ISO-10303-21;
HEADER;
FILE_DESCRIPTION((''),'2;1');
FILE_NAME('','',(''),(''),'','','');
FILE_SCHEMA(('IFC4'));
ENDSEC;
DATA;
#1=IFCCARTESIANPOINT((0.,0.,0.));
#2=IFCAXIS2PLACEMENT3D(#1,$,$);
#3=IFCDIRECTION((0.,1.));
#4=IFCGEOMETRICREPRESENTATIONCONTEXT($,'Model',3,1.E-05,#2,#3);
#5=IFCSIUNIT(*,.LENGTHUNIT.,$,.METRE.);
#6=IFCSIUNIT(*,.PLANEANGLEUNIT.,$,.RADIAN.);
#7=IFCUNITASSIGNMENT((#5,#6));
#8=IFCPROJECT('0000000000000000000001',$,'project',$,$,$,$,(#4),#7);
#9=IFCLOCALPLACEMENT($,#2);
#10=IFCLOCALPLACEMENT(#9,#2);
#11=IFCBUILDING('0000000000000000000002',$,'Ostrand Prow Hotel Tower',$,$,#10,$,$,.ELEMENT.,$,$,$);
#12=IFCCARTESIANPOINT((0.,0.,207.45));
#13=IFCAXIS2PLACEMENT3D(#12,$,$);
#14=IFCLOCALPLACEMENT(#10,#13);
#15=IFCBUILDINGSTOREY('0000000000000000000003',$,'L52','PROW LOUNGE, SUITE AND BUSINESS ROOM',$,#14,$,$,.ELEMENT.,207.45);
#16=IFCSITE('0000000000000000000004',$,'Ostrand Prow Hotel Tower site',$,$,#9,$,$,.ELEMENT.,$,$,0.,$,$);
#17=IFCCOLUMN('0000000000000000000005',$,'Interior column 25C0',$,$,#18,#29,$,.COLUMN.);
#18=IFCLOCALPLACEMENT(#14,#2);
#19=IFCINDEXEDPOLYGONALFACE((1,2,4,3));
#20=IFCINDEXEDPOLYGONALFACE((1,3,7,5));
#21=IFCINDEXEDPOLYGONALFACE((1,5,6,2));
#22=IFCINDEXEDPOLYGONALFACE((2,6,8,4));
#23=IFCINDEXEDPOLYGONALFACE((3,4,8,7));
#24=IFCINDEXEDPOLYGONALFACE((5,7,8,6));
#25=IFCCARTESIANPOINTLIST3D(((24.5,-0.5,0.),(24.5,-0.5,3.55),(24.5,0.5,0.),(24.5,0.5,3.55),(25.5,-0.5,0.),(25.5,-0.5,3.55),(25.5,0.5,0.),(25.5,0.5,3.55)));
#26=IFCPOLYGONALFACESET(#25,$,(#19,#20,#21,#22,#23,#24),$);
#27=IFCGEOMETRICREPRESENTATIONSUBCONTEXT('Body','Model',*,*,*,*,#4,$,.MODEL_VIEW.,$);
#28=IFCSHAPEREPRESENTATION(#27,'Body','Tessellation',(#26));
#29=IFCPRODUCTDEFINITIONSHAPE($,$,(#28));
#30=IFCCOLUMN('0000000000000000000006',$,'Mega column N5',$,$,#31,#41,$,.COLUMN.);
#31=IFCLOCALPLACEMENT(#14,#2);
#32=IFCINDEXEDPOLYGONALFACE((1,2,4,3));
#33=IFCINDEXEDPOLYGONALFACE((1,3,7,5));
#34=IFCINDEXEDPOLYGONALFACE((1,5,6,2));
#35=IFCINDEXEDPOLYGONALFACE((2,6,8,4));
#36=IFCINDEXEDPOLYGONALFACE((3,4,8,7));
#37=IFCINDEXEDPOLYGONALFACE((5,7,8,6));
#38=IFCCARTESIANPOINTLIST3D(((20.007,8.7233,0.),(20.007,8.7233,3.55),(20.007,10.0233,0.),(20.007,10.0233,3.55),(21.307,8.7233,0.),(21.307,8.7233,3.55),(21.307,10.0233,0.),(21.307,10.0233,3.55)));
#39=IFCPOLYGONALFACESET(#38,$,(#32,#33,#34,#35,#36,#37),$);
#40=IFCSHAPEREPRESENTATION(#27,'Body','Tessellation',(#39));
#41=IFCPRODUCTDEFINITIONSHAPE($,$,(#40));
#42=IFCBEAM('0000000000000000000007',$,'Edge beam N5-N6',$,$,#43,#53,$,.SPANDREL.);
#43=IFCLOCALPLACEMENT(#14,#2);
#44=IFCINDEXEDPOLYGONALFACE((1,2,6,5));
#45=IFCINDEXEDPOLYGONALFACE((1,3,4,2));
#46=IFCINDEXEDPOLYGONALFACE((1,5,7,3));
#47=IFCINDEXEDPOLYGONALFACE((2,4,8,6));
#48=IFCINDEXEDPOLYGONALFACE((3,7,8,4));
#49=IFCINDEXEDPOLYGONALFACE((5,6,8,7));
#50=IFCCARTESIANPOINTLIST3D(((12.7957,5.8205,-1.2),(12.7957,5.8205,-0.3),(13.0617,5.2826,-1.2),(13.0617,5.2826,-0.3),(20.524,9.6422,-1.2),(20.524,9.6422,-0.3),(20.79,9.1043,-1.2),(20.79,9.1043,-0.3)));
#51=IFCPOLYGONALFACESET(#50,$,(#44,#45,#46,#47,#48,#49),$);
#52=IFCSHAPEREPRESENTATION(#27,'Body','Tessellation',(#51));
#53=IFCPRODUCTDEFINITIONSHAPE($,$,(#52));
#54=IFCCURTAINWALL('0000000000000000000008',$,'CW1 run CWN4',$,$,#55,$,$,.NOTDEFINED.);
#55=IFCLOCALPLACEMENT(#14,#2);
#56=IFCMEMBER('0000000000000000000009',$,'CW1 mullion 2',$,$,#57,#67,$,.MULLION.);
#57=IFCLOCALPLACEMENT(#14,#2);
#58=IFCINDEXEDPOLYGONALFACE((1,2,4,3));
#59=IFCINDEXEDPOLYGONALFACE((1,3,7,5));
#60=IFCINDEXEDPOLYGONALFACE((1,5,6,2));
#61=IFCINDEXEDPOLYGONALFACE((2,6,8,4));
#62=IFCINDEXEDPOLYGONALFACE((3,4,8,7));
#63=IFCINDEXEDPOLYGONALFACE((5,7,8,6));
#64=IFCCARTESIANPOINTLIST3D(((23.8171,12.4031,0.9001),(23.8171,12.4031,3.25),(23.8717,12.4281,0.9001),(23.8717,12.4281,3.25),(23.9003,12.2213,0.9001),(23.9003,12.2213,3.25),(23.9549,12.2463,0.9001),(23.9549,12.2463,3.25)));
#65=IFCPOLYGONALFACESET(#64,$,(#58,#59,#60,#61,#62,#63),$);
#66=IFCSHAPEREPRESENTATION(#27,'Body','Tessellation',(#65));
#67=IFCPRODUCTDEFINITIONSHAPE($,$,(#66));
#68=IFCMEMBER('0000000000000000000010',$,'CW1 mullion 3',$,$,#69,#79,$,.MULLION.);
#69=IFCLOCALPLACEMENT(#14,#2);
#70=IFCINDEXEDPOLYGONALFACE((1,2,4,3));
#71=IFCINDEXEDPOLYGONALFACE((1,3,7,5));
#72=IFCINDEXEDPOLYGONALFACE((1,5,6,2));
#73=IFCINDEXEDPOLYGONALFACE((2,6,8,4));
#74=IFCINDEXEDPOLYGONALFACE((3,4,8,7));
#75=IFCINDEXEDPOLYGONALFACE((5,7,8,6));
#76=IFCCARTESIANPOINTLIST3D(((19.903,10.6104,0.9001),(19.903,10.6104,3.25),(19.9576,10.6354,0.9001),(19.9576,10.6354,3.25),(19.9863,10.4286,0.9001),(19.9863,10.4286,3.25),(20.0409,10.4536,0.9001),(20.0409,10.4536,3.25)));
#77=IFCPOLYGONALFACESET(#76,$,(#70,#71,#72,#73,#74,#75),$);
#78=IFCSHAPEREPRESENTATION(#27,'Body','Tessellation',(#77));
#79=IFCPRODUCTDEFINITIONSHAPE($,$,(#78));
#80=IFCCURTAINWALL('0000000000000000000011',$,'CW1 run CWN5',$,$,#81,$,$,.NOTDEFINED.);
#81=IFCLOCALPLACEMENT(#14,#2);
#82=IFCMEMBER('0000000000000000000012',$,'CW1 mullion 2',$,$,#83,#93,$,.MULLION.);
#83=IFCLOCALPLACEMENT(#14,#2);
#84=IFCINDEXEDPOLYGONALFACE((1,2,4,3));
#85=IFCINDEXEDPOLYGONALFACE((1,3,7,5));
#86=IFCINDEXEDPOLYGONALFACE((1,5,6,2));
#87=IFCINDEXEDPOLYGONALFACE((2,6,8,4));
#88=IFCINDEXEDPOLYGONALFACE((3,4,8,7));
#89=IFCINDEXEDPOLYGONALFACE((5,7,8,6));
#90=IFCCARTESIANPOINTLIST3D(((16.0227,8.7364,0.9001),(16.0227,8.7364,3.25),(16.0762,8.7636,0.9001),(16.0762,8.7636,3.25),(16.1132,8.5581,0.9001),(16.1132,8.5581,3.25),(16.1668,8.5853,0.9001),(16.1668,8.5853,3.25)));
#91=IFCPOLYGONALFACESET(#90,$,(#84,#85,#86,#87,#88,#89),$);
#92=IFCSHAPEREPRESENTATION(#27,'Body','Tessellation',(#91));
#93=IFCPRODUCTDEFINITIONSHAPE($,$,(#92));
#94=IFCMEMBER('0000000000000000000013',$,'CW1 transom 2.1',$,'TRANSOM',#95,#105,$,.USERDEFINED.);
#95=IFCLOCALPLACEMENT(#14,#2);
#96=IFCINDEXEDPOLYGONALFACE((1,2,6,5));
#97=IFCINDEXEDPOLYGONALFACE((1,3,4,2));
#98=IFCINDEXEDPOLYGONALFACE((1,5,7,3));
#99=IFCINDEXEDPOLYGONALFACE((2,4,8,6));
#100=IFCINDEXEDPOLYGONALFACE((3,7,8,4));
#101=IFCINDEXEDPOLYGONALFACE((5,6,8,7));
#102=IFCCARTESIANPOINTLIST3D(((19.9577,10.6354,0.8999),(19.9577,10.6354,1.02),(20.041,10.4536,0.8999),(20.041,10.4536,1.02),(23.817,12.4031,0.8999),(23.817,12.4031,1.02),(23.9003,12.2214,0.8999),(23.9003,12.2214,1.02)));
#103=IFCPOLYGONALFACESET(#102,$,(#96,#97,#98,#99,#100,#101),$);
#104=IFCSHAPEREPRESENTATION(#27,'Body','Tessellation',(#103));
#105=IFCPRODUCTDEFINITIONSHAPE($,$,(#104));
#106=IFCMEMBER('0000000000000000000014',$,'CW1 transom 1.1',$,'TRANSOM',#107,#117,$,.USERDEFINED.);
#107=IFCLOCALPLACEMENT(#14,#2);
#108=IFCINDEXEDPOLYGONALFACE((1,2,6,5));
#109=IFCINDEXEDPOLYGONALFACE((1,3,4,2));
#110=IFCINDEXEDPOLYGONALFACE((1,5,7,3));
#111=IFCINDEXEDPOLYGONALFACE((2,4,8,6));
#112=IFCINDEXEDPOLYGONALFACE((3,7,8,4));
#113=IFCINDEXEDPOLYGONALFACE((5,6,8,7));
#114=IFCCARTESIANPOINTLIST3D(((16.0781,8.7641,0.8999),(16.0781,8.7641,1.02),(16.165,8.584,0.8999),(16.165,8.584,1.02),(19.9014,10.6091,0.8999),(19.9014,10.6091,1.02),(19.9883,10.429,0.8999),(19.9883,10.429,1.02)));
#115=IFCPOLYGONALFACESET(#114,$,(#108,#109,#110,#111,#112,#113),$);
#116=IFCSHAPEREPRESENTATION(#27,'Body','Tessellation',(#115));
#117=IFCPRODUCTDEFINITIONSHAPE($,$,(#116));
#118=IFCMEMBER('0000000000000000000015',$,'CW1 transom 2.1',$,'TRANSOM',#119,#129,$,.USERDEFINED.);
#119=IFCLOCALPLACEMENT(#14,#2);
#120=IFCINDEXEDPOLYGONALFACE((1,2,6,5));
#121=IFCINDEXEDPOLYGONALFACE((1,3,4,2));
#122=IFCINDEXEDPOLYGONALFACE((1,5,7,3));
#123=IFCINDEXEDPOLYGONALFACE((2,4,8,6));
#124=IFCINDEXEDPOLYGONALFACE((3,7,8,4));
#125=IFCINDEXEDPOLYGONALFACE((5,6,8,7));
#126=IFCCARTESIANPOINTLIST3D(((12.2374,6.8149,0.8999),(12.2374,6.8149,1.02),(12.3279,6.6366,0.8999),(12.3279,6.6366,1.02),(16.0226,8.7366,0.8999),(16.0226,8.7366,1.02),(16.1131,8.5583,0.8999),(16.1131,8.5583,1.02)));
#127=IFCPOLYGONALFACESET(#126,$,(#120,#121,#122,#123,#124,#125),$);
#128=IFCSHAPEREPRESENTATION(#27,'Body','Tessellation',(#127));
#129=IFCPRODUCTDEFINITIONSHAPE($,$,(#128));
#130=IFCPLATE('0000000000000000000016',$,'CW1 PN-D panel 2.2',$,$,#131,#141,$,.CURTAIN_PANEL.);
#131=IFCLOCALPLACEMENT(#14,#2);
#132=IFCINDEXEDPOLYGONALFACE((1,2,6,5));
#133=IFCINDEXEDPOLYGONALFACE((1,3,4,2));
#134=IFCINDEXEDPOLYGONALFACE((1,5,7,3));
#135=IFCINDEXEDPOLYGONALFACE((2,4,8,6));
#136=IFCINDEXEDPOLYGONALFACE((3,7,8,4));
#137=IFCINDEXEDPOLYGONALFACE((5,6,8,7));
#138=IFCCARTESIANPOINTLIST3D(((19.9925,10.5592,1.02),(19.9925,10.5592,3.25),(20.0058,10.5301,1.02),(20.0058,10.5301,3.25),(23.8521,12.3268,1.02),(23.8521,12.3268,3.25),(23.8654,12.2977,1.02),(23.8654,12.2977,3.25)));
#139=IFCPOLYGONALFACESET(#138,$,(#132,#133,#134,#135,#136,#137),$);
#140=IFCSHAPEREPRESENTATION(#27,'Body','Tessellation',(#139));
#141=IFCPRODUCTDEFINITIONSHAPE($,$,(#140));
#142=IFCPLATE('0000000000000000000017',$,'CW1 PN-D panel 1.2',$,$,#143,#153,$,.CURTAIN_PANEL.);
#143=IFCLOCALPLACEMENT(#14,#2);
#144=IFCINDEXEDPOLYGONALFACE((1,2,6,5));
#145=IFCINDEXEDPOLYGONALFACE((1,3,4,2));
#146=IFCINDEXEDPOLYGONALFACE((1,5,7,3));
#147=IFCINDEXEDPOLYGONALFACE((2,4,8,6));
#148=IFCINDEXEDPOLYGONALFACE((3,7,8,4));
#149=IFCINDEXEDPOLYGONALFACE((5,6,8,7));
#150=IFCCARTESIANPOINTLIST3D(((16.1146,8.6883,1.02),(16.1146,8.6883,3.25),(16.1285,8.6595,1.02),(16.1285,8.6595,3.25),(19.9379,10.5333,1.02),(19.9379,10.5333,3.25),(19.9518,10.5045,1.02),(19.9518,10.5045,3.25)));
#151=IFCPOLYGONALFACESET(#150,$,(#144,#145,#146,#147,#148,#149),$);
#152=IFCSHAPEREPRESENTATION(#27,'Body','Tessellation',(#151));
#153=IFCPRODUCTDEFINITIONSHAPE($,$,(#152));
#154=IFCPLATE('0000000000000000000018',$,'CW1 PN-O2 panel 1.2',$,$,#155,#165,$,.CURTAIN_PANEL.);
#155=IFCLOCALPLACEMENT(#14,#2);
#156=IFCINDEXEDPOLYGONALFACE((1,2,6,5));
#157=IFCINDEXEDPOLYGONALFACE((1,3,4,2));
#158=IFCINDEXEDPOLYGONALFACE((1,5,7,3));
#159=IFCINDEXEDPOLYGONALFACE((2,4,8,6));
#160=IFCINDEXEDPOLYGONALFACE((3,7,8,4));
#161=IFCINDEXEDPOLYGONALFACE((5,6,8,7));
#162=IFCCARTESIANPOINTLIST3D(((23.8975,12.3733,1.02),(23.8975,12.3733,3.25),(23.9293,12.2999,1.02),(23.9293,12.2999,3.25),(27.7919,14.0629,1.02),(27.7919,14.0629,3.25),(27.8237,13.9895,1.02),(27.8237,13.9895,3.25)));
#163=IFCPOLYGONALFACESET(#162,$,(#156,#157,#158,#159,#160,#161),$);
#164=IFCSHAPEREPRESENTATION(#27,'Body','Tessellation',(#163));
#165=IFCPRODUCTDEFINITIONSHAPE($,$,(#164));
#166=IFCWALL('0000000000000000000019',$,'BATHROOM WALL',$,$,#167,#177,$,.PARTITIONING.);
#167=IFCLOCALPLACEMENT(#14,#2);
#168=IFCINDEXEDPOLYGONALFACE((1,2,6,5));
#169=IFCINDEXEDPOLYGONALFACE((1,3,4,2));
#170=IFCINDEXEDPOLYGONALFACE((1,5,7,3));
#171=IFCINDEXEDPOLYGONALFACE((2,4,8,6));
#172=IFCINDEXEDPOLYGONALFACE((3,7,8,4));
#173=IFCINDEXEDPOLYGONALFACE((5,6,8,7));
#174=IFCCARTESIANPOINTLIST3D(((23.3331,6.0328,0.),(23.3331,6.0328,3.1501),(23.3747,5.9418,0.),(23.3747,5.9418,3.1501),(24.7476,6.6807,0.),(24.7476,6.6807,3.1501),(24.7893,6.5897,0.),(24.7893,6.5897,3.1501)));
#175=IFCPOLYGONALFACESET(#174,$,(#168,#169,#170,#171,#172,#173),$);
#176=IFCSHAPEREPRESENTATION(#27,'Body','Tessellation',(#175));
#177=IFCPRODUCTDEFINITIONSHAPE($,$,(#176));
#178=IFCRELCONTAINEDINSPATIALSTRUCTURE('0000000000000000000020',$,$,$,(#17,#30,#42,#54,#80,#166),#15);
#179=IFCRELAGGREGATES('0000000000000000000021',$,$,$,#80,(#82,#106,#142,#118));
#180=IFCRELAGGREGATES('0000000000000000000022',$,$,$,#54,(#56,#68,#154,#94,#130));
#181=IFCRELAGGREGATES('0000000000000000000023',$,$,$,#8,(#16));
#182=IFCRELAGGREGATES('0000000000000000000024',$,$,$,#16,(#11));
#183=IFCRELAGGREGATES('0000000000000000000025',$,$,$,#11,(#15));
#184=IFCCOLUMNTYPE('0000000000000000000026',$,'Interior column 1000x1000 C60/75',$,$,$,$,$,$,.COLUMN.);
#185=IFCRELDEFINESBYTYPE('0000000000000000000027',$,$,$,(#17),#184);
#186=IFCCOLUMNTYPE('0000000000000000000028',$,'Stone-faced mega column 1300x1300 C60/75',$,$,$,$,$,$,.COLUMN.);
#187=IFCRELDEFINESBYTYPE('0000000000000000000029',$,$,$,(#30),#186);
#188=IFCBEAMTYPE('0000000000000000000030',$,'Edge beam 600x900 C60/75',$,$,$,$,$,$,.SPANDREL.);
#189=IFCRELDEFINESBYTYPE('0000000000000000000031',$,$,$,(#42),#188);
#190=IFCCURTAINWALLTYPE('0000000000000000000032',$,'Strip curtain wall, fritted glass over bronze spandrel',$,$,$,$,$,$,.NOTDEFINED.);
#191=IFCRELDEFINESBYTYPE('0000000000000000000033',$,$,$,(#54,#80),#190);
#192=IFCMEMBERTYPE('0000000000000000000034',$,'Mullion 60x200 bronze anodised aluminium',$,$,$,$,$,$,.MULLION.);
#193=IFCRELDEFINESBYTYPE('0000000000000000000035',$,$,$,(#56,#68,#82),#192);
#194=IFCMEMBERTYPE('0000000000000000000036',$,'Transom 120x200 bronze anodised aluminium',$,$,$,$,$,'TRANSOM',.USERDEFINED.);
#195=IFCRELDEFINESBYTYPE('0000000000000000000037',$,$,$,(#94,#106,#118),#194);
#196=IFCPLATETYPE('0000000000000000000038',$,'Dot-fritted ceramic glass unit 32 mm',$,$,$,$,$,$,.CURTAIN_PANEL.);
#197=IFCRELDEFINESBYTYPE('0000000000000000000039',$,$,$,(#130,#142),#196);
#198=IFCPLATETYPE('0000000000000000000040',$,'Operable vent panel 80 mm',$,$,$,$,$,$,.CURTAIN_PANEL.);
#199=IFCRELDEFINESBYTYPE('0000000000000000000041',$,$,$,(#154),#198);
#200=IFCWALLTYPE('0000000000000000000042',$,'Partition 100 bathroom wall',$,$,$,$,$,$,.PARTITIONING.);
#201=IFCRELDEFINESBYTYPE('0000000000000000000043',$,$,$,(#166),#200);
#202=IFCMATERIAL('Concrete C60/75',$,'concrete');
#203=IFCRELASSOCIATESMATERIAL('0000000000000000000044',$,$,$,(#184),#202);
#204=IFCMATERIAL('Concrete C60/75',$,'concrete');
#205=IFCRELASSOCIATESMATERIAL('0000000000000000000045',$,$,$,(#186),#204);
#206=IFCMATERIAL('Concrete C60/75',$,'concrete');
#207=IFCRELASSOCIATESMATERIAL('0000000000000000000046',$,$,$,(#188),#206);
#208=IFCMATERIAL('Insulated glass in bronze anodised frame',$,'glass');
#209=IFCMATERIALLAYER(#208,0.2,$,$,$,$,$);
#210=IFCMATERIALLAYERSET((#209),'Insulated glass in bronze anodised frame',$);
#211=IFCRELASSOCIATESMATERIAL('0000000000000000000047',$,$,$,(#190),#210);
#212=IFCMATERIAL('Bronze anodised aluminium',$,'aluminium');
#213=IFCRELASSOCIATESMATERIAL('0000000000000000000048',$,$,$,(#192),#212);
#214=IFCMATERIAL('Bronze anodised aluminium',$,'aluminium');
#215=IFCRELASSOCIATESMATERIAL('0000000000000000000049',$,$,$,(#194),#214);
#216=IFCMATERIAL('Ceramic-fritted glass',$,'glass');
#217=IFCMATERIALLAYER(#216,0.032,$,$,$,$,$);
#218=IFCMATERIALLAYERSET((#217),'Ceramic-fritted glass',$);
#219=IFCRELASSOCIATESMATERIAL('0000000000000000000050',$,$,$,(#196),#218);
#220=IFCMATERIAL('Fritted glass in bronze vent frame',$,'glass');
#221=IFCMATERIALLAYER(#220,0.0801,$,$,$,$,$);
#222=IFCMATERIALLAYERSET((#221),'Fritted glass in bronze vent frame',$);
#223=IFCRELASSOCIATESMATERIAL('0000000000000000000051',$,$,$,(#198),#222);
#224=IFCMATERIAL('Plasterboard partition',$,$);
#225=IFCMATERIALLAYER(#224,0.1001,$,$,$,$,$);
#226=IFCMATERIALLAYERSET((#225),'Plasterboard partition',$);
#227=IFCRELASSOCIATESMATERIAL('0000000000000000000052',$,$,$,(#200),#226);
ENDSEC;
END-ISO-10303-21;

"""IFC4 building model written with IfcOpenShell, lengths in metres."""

from ifc_helpers import new_model, si_unit, direction, frame, frame_2d, origin, origin_2d, place, context, subcontext, project, spatial, rectangle, extrude, material, layer, layer_set, material_profile, profile_set, type_object, element, aggregate, save


model = new_model("IFC4")

# Units and contexts
model_context = context("Model", 3, precision=1e-05, world=origin(), true_north=direction((0.0, 1.0)))
body_context = subcontext(model_context, "Body", "Model", "MODEL_VIEW")
ifc_project = project(units=[si_unit("LENGTHUNIT", "METRE"), si_unit("PLANEANGLEUNIT", "RADIAN")], contexts=[model_context])

# Site, building, storey
site_placement = place(None, origin())
site = spatial("IfcSite", under=ifc_project, at=site_placement, Name="Ostrand Prow Hotel Tower site", CompositionType="ELEMENT", RefElevation=0.0)
building_placement = place(site_placement, origin())
building = spatial("IfcBuilding", under=site, at=building_placement, Name="Ostrand Prow Hotel Tower", CompositionType="ELEMENT")
storey_placement = place(building_placement, frame((0.0, 0.0, 207.45)))
storey = spatial("IfcBuildingStorey", under=building, at=storey_placement, Name="L52", Description="PROW LOUNGE, SUITE AND BUSINESS ROOM", CompositionType="ELEMENT", Elevation=207.45)

# Columns
ifc_material_1 = material(Name="Concrete C60/75", Category="concrete")
ifc_material_profile_1 = material_profile(ifc_material_1, rectangle(XDim=1.0, YDim=1.0, at=origin_2d()), Name="RC 1000x1000")
ifc_profile_set_1 = profile_set([ifc_material_profile_1], Name="Concrete C60/75")
column_type_1 = type_object("IfcColumnType", Name="Interior column 1000x1000 C60/75", PredefinedType="COLUMN", material=ifc_profile_set_1)
column_1_placement = place(storey_placement, frame((25.0, 0.0, 0.0), z_axis=(0.0, 0.0, 1.0), x_axis=(1.0, 0.0, 0.0)))
element("IfcColumn", 1, at=column_1_placement, inside=storey, type_object=column_type_1, Name="Interior column 25C0", PredefinedType="COLUMN", context=body_context, shape_type="SweptSolid", body=[
    extrude(rectangle(XDim=1.0, YDim=1.0, at=origin_2d()), origin(), (0.0, 0.0, 1.0), 3.55),
])
ifc_material_2 = material(Name="Concrete C60/75", Category="concrete")
ifc_material_profile_2 = material_profile(ifc_material_2, rectangle(XDim=1.3, YDim=1.3, at=origin_2d()), Name="RC 1300x1300")
ifc_profile_set_2 = profile_set([ifc_material_profile_2], Name="Concrete C60/75")
column_type_2 = type_object("IfcColumnType", Name="Stone-faced mega column 1300x1300 C60/75", PredefinedType="COLUMN", material=ifc_profile_set_2)
column_2_placement = place(storey_placement, frame((20.657, 9.3733, 0.0), z_axis=(0.0, 0.0, 1.0), x_axis=(1.0, 0.0, 0.0)))
element("IfcColumn", 2, at=column_2_placement, inside=storey, type_object=column_type_2, Name="Mega column N5", PredefinedType="COLUMN", context=body_context, shape_type="SweptSolid", body=[
    extrude(rectangle(XDim=1.3, YDim=1.3, at=origin_2d()), origin(), (0.0, 0.0, 1.0), 3.55),
])

# Beam
ifc_material_3 = material(Name="Concrete C60/75", Category="concrete")
ifc_material_profile_3 = material_profile(ifc_material_3, rectangle(XDim=0.6001, YDim=0.8999, at=origin_2d()), Name="RC 600x900")
ifc_profile_set_3 = profile_set([ifc_material_profile_3], Name="Concrete C60/75")
beam_type = type_object("IfcBeamType", Name="Edge beam 600x900 C60/75", PredefinedType="SPANDREL", material=ifc_profile_set_3)
beam_placement = place(storey_placement, frame((20.657, 9.3733, -0.75), z_axis=(-0.896384, -0.443279, 0.0), x_axis=(0.443279, -0.896384, 0.0)))
element("IfcBeam", 3, at=beam_placement, inside=storey, type_object=beam_type, Name="Edge beam N5-N6", PredefinedType="SPANDREL", context=body_context, shape_type="SweptSolid", body=[
    extrude(rectangle(XDim=0.6001, YDim=0.8999, at=origin_2d()), origin(), (0.0, 0.0, 1.0), 8.6216),
])

# Curtain wall, members
ifc_material_4 = material(Name="Insulated glass in bronze anodised frame", Category="glass")
ifc_layer_1 = layer(ifc_material_4, 0.2)
ifc_layer_set_1 = layer_set([ifc_layer_1], Name="Insulated glass in bronze anodised frame")
curtain_wall_type = type_object("IfcCurtainWallType", Name="Strip curtain wall, fritted glass over bronze spandrel", PredefinedType="NOTDEFINED", material=ifc_layer_set_1)
curtain_wall_1_placement = place(storey_placement, origin())
curtain_wall_1 = element("IfcCurtainWall", 4, at=curtain_wall_1_placement, inside=storey, type_object=curtain_wall_type, Name="CW1 run CWN4", PredefinedType="NOTDEFINED")
ifc_material_5 = material(Name="Bronze anodised aluminium", Category="aluminium")
ifc_material_profile_4 = material_profile(ifc_material_5, rectangle(XDim=0.2, YDim=0.0601, at=origin_2d()), Name="Mullion 60x200 bronze anodised aluminium")
ifc_profile_set_4 = profile_set([ifc_material_profile_4], Name="Bronze anodised aluminium")
member_type_1 = type_object("IfcMemberType", Name="Mullion 60x200 bronze anodised aluminium", PredefinedType="MULLION", material=ifc_profile_set_4)
member_1_placement = place(storey_placement, frame((23.886, 12.3247, 0.9001), z_axis=(0.0, 0.0, 1.0), x_axis=(0.416393, -0.909185, 0.0)))
member_1 = element("IfcMember", 5, at=member_1_placement, type_object=member_type_1, Name="CW1 mullion 2", PredefinedType="MULLION", context=body_context, shape_type="SweptSolid", body=[
    extrude(rectangle(XDim=0.2, YDim=0.0601, at=origin_2d()), origin(), (0.0, 0.0, 1.0), 2.3499),
])
member_2_placement = place(storey_placement, frame((19.9719, 10.532, 0.9001), z_axis=(0.0, 0.0, 1.0), x_axis=(0.416393, -0.909185, 0.0)))
member_2 = element("IfcMember", 6, at=member_2_placement, type_object=member_type_1, Name="CW1 mullion 3", PredefinedType="MULLION", context=body_context, shape_type="SweptSolid", body=[
    extrude(rectangle(XDim=0.2, YDim=0.0601, at=origin_2d()), origin(), (0.0, 0.0, 1.0), 2.3499),
])

# Curtain wall, member
curtain_wall_2_placement = place(storey_placement, origin())
curtain_wall_2 = element("IfcCurtainWall", 7, at=curtain_wall_2_placement, inside=storey, type_object=curtain_wall_type, Name="CW1 run CWN5", PredefinedType="NOTDEFINED")
member_3_placement = place(storey_placement, frame((16.0947, 8.6609, 0.9001), z_axis=(0.0, 0.0, 1.0), x_axis=(0.452659, -0.891684, 0.0)))
member_3 = element("IfcMember", 8, at=member_3_placement, type_object=member_type_1, Name="CW1 mullion 2", PredefinedType="MULLION", context=body_context, shape_type="SweptSolid", body=[
    extrude(rectangle(XDim=0.2, YDim=0.0601, at=origin_2d()), origin(), (0.0, 0.0, 1.0), 2.3499),
])

# Members
ifc_material_6 = material(Name="Bronze anodised aluminium", Category="aluminium")
ifc_material_profile_5 = material_profile(ifc_material_6, rectangle(XDim=0.2, YDim=0.1201, at=origin_2d()), Name="Transom 120x200 bronze anodised aluminium")
ifc_profile_set_5 = profile_set([ifc_material_profile_5], Name="Bronze anodised aluminium")
member_type_2 = type_object("IfcMemberType", Name="Transom 120x200 bronze anodised aluminium", ElementType="TRANSOM", PredefinedType="USERDEFINED", material=ifc_profile_set_5)
member_4_placement = place(storey_placement, frame((23.8586, 12.3123, 0.96), z_axis=(-0.909159, -0.416449, 0.0), x_axis=(0.416449, -0.909159, 0.0)))
member_4 = element("IfcMember", 9, at=member_4_placement, type_object=member_type_2, Name="CW1 transom 2.1", ObjectType="TRANSOM", PredefinedType="USERDEFINED", context=body_context, shape_type="SweptSolid", body=[
    extrude(rectangle(XDim=0.2, YDim=0.1201, at=origin_2d()), origin(), (0.0, 0.0, 1.0), 4.2449),
])
member_5_placement = place(storey_placement, frame((19.9448, 10.519, 0.96), z_axis=(-0.900619, -0.434609, 0.0), x_axis=(0.434609, -0.900619, 0.0)))
member_5 = element("IfcMember", 10, at=member_5_placement, type_object=member_type_2, Name="CW1 transom 1.1", ObjectType="TRANSOM", PredefinedType="USERDEFINED", context=body_context, shape_type="SweptSolid", body=[
    extrude(rectangle(XDim=0.2, YDim=0.1201, at=origin_2d()), origin(), (0.0, 0.0, 1.0), 4.2451),
])
member_6_placement = place(storey_placement, frame((16.0679, 8.6475, 0.96), z_axis=(-0.891673, -0.45268, 0.0), x_axis=(0.45268, -0.891673, 0.0)))
member_6 = element("IfcMember", 11, at=member_6_placement, type_object=member_type_2, Name="CW1 transom 2.1", ObjectType="TRANSOM", PredefinedType="USERDEFINED", context=body_context, shape_type="SweptSolid", body=[
    extrude(rectangle(XDim=0.2, YDim=0.1201, at=origin_2d()), origin(), (0.0, 0.0, 1.0), 4.2451),
])

# Plates
ifc_material_7 = material(Name="Ceramic-fritted glass", Category="glass")
ifc_layer_2 = layer(ifc_material_7, 0.032)
ifc_layer_set_2 = layer_set([ifc_layer_2], Name="Ceramic-fritted glass")
plate_type_1 = type_object("IfcPlateType", Name="Dot-fritted ceramic glass unit 32 mm", PredefinedType="CURTAIN_PANEL", material=ifc_layer_set_2)
plate_1_placement = place(storey_placement, frame((21.929, 11.4285, 1.02), z_axis=(0.0, 0.0, 1.0), x_axis=(-0.909185, -0.416393, 0.0)))
plate_1 = element("IfcPlate", 12, at=plate_1_placement, type_object=plate_type_1, Name="CW1 PN-D panel 2.2", PredefinedType="CURTAIN_PANEL", context=body_context, shape_type="SweptSolid", body=[
    extrude(rectangle(XDim=4.2451, YDim=0.032, at=origin_2d()), origin(), (0.0, 0.0, 1.0), 2.23),
])
plate_2_placement = place(storey_placement, frame((18.0332, 9.5964, 1.02), z_axis=(0.0, 0.0, 1.0), x_axis=(-0.900616, -0.434615, 0.0)))
plate_2 = element("IfcPlate", 13, at=plate_2_placement, type_object=plate_type_1, Name="CW1 PN-D panel 1.2", PredefinedType="CURTAIN_PANEL", context=body_context, shape_type="SweptSolid", body=[
    extrude(rectangle(XDim=4.2451, YDim=0.032, at=origin_2d()), origin(), (0.0, 0.0, 1.0), 2.23),
])
aggregate(curtain_wall_2, [member_3, member_5, plate_2, member_6])
ifc_material_8 = material(Name="Fritted glass in bronze vent frame", Category="glass")
ifc_layer_3 = layer(ifc_material_8, 0.0801)
ifc_layer_set_3 = layer_set([ifc_layer_3], Name="Fritted glass in bronze vent frame")
plate_type_2 = type_object("IfcPlateType", Name="Operable vent panel 80 mm", PredefinedType="CURTAIN_PANEL", material=ifc_layer_set_3)
plate_3_placement = place(storey_placement, frame((25.8606, 13.1814, 1.02), z_axis=(0.0, 0.0, 1.0), x_axis=(-0.917383, -0.398005, 0.0)))
plate_3 = element("IfcPlate", 14, at=plate_3_placement, type_object=plate_type_2, Name="CW1 PN-O2 panel 1.2", PredefinedType="CURTAIN_PANEL", context=body_context, shape_type="SweptSolid", body=[
    extrude(rectangle(XDim=4.2451, YDim=0.0801, at=origin_2d()), origin(), (0.0, 0.0, 1.0), 2.23),
])
aggregate(curtain_wall_1, [member_1, member_2, plate_3, member_4, plate_1])

# Wall
ifc_material_9 = material(Name="Plasterboard partition")
ifc_layer_4 = layer(ifc_material_9, 0.1001)
ifc_layer_set_4 = layer_set([ifc_layer_4], Name="Plasterboard partition")
wall_type_1 = type_object("IfcWallType", Name="Partition 100 bathroom wall", PredefinedType="PARTITIONING", material=ifc_layer_set_4)
wall_1_placement = place(storey_placement, frame((23.354, 5.9873, 0.0), z_axis=(0.0, 0.0, 1.0), x_axis=(0.909159, 0.416449, 0.0)))
element("IfcWall", 15, at=wall_1_placement, inside=storey, type_object=wall_type_1, Name="BATHROOM WALL", PredefinedType="PARTITIONING", context=body_context, shape_type="SweptSolid", body=[
    extrude(rectangle(XDim=1.5559, YDim=0.1001, at=frame_2d((0.7778, 0.0))), origin(), (0.0, 0.0, 1.0), 3.1501),
])

save(model, "model.ifc")
